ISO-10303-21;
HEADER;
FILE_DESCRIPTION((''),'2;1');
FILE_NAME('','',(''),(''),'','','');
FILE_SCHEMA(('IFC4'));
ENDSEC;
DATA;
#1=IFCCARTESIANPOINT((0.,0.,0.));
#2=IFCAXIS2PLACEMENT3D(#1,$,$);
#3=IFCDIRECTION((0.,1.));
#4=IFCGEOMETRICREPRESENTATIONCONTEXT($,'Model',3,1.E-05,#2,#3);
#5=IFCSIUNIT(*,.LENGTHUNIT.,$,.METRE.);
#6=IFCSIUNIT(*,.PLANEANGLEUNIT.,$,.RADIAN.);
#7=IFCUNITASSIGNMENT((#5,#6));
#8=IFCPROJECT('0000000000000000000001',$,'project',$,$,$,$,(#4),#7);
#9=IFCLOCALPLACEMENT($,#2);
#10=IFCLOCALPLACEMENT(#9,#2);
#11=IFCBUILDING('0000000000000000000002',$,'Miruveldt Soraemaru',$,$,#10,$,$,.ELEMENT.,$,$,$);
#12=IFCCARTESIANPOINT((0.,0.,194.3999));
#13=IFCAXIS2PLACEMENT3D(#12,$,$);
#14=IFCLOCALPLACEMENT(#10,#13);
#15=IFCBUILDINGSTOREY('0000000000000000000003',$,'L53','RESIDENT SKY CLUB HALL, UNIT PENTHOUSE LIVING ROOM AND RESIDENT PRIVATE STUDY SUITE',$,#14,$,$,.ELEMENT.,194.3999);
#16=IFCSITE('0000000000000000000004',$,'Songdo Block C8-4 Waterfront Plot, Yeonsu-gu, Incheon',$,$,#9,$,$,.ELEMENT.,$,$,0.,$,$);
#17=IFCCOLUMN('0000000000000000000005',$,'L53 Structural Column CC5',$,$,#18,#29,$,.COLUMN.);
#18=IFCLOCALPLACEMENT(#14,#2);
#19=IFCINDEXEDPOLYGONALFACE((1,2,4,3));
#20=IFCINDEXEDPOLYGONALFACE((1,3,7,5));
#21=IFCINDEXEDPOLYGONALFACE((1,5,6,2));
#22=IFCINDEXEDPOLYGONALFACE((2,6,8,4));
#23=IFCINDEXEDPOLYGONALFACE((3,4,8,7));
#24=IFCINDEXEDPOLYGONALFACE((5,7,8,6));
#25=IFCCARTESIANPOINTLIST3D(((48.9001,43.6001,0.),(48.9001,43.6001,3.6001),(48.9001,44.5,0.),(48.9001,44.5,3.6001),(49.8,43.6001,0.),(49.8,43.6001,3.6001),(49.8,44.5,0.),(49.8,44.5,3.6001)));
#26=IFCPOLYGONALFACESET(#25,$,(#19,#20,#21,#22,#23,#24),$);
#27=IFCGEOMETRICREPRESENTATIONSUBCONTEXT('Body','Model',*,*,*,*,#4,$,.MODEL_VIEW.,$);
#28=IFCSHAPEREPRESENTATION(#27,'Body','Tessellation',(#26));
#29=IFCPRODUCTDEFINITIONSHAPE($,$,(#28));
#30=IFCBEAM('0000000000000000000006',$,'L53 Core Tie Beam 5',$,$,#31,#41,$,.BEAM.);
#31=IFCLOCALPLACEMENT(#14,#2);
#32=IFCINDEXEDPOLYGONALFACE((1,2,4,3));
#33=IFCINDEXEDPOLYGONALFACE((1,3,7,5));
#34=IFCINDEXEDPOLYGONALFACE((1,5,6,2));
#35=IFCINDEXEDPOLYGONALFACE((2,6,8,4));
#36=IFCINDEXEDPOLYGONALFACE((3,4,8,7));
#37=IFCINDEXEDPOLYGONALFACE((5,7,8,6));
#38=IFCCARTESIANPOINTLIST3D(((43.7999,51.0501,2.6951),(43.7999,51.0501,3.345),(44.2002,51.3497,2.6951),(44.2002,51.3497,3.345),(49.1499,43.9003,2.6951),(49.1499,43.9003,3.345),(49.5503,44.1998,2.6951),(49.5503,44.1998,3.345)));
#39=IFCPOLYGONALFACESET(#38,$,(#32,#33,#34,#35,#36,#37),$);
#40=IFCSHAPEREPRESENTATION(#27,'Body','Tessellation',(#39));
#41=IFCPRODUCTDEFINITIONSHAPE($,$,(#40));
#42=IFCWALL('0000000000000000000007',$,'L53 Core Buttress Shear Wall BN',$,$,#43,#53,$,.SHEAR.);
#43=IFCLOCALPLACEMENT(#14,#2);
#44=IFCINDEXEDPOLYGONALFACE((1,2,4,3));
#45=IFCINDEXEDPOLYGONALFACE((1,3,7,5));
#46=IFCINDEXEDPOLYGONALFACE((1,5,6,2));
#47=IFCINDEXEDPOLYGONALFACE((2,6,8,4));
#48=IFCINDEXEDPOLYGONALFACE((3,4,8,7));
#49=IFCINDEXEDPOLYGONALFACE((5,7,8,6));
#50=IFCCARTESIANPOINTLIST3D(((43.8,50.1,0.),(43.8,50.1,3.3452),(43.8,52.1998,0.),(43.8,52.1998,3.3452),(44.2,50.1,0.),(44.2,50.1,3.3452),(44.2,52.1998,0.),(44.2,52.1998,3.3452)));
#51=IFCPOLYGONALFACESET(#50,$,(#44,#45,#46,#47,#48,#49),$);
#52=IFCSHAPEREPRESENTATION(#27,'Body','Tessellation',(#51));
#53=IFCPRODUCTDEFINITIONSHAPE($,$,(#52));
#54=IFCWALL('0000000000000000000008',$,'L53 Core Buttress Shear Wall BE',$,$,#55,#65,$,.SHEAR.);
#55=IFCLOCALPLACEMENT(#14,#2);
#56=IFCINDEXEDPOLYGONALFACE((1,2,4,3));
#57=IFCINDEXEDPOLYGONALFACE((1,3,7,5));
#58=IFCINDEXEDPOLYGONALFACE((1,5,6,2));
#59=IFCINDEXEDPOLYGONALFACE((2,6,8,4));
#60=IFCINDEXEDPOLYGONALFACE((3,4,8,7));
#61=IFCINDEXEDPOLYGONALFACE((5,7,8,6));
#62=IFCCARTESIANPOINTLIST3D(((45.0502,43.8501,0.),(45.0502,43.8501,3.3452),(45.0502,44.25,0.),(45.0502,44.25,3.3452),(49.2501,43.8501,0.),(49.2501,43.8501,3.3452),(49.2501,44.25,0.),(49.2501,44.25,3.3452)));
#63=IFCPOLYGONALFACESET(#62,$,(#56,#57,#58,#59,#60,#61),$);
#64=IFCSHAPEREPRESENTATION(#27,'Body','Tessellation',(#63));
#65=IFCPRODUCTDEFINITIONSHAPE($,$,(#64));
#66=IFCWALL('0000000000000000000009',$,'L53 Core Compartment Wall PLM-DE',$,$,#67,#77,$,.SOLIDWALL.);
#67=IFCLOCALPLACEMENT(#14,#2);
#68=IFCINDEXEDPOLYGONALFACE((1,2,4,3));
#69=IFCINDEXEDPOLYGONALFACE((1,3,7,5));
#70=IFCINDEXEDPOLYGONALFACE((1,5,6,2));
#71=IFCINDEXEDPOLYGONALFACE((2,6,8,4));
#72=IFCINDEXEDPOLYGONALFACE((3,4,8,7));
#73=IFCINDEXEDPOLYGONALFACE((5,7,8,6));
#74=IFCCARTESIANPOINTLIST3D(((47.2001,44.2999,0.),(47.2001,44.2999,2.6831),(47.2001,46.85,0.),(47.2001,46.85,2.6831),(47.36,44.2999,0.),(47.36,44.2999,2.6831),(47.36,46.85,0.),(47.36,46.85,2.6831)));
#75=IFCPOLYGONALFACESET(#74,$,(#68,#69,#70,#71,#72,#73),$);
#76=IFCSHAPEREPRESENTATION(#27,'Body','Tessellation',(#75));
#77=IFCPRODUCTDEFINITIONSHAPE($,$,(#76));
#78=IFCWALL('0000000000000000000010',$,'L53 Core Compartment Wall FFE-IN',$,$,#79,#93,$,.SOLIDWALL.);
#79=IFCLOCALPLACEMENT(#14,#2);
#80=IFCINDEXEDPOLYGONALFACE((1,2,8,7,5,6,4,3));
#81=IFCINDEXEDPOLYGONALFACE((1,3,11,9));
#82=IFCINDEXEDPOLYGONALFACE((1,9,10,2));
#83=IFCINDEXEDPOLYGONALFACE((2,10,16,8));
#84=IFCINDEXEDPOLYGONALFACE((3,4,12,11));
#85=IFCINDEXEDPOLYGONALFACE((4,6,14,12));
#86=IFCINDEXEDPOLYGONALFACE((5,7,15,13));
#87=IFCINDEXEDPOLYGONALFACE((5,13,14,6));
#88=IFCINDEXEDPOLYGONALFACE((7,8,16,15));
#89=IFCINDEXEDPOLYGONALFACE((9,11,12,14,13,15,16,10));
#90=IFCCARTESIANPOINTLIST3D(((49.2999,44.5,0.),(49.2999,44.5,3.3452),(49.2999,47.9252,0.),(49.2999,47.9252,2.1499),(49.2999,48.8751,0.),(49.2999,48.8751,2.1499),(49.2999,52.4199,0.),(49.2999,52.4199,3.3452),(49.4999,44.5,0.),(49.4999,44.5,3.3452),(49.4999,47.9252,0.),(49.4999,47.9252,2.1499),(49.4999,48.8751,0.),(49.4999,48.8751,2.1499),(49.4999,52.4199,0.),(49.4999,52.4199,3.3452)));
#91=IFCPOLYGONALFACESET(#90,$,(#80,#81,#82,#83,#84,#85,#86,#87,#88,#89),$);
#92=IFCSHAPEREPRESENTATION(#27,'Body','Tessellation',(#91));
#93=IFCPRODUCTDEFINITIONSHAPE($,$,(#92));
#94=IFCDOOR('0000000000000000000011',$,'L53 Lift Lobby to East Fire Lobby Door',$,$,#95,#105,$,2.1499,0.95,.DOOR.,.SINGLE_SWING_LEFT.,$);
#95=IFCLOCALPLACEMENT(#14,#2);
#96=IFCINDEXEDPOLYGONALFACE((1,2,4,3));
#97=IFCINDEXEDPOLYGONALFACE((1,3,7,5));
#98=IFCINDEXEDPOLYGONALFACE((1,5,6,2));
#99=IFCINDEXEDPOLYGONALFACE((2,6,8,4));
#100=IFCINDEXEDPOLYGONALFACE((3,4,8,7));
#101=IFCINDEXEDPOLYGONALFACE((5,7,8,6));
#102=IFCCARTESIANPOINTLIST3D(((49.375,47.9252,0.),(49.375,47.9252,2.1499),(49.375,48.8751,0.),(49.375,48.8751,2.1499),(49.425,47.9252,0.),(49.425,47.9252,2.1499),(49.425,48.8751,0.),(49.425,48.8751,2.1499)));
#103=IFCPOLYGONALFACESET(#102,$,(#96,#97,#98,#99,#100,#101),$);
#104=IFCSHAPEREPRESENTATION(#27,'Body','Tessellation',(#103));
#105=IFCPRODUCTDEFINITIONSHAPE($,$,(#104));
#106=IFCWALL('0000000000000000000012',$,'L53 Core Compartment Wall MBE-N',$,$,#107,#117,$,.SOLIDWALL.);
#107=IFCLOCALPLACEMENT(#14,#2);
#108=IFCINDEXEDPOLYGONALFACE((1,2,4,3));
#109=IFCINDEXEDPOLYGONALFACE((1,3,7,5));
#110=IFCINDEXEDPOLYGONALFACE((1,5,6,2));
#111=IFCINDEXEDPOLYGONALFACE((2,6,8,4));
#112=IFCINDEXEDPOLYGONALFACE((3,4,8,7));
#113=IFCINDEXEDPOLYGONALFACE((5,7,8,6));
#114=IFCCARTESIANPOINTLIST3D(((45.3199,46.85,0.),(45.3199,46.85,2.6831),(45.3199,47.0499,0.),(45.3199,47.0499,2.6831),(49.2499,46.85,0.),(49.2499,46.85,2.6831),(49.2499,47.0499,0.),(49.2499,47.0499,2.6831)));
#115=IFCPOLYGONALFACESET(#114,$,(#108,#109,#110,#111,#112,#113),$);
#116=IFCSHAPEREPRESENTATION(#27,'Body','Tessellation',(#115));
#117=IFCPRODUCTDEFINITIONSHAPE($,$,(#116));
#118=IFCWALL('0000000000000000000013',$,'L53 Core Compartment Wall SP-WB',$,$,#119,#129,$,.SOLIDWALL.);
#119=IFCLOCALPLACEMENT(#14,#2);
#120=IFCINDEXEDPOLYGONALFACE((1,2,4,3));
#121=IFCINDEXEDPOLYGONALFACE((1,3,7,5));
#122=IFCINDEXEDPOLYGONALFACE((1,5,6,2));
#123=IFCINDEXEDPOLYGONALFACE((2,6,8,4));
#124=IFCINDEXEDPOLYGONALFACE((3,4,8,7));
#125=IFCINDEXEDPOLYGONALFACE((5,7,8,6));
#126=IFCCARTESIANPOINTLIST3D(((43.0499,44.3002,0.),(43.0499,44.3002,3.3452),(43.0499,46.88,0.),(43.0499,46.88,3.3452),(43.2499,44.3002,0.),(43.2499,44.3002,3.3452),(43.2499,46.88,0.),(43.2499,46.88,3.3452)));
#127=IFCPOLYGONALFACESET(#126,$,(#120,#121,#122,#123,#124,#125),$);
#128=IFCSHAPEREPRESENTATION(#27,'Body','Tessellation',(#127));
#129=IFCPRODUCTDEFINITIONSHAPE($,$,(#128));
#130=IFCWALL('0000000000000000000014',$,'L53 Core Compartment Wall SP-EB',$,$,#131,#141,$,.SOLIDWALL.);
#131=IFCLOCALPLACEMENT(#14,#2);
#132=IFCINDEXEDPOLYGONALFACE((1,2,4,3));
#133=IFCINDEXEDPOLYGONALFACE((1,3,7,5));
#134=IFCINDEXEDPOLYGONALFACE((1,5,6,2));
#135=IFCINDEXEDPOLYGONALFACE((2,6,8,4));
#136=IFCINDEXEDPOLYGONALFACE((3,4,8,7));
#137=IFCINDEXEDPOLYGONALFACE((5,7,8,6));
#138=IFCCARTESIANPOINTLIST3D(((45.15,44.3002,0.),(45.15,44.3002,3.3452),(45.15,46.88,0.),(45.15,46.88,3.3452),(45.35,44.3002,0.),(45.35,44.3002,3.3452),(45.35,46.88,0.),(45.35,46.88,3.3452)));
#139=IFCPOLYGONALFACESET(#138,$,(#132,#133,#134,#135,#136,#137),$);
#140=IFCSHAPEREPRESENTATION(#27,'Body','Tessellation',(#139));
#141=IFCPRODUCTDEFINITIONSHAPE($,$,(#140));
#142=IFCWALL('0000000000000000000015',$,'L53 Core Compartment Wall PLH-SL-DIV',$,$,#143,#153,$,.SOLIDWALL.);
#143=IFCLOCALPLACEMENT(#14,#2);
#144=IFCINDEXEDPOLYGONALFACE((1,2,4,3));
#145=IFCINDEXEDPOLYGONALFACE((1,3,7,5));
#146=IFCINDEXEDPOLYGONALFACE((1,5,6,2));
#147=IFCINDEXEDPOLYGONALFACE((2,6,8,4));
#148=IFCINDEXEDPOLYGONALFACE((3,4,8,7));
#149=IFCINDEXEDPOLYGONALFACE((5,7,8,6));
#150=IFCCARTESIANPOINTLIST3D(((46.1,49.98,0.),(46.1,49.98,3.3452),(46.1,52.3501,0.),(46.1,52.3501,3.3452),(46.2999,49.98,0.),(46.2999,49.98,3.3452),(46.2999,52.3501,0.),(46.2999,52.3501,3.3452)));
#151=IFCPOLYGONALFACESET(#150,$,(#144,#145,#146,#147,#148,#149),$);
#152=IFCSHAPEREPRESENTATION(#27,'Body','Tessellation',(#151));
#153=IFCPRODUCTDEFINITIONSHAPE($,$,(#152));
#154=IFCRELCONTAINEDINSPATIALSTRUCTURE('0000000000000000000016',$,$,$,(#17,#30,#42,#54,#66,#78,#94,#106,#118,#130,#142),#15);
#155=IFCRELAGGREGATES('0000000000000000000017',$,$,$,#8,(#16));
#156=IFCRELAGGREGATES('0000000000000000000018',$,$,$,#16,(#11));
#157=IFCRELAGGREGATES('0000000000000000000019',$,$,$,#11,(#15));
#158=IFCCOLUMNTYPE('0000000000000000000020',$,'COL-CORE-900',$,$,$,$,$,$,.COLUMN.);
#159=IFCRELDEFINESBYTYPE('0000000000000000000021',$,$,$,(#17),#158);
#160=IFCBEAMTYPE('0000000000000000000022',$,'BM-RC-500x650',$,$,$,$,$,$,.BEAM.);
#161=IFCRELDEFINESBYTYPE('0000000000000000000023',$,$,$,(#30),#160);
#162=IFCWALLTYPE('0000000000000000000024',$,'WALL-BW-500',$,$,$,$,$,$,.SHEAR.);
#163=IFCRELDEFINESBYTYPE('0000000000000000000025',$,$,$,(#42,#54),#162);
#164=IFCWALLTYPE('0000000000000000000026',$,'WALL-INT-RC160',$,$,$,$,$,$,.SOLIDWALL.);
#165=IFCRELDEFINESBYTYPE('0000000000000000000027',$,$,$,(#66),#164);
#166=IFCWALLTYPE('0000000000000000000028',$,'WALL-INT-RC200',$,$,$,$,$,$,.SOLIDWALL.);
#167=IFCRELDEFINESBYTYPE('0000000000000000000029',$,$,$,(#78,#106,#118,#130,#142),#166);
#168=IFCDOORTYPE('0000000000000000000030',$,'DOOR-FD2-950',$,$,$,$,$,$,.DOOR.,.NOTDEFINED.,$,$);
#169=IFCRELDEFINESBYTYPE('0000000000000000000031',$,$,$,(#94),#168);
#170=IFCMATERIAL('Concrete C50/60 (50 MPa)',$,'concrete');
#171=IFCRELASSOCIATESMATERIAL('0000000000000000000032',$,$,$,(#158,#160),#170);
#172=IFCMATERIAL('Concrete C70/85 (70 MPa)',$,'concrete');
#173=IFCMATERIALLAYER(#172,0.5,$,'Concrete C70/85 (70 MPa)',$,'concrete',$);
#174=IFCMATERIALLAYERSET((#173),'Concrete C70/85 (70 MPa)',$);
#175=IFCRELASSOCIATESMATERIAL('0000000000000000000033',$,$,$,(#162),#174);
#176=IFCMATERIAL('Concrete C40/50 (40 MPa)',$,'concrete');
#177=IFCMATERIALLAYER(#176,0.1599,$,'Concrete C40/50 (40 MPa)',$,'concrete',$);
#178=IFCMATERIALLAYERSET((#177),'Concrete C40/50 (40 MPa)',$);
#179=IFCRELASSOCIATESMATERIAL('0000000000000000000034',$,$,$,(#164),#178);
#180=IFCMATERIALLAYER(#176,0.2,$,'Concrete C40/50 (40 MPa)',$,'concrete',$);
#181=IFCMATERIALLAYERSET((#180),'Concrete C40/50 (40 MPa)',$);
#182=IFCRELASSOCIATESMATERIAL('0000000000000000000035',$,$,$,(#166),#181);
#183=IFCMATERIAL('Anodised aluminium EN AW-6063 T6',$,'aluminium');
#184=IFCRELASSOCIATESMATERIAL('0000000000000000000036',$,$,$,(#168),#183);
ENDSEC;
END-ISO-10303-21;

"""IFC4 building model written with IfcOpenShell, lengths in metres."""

from ifc_helpers import new_model, si_unit, direction, frame, frame_2d, origin, origin_2d, place, context, subcontext, project, spatial, rectangle, extrude, material, layer, layer_set, material_profile, profile_set, type_object, element, fill, save


model = new_model("IFC4")

# Units and contexts
model_context = context("Model", 3, precision=1e-05, world=origin(), true_north=direction((0.0, 1.0)))
body_context = subcontext(model_context, "Body", "Model", "MODEL_VIEW")
ifc_project = project(units=[si_unit("LENGTHUNIT", "METRE"), si_unit("PLANEANGLEUNIT", "RADIAN")], contexts=[model_context])

# Site, building, storey
site_placement = place(None, origin())
site = spatial("IfcSite", under=ifc_project, at=site_placement, Name="Songdo Block C8-4 Waterfront Plot, Yeonsu-gu, Incheon", CompositionType="ELEMENT", RefElevation=0.0)
building_placement = place(site_placement, origin())
building = spatial("IfcBuilding", under=site, at=building_placement, Name="Miruveldt Soraemaru", CompositionType="ELEMENT")
storey_placement = place(building_placement, frame((0.0, 0.0, 194.3999)))
storey = spatial("IfcBuildingStorey", under=building, at=storey_placement, Name="L53", Description="RESIDENT SKY CLUB HALL, UNIT PENTHOUSE LIVING ROOM AND RESIDENT PRIVATE STUDY SUITE", CompositionType="ELEMENT", Elevation=194.3999)

# Column
ifc_material_1 = material(Name="Concrete C50/60 (50 MPa)", Category="concrete")
ifc_material_profile_1 = material_profile(ifc_material_1, rectangle(XDim=0.8999, YDim=0.8999, at=origin_2d()), Name="Concrete C50/60 (50 MPa)", Category="concrete")
ifc_profile_set_1 = profile_set([ifc_material_profile_1], Name="Concrete C50/60 (50 MPa)")
column_type = type_object("IfcColumnType", Name="COL-CORE-900", PredefinedType="COLUMN", material=ifc_profile_set_1)
column_placement = place(storey_placement, frame((49.3501, 44.05, 0.0), z_axis=(0.0, 0.0, 1.0), x_axis=(1.0, 0.0, 0.0)))
element("IfcColumn", 1, at=column_placement, inside=storey, type_object=column_type, Name="L53 Structural Column CC5", PredefinedType="COLUMN", context=body_context, shape_type="SweptSolid", body=[
    extrude(rectangle(XDim=0.8999, YDim=0.8999, at=origin_2d()), origin(), (0.0, 0.0, 1.0), 3.6001),
])

# Beam
ifc_material_profile_2 = material_profile(ifc_material_1, rectangle(XDim=0.5, YDim=0.6499, at=origin_2d()), Name="Concrete C50/60 (50 MPa)", Category="concrete")
ifc_profile_set_2 = profile_set([ifc_material_profile_2], Name="Concrete C50/60 (50 MPa)")
beam_type = type_object("IfcBeamType", Name="BM-RC-500x650", PredefinedType="BEAM", material=ifc_profile_set_2)
beam_placement = place(storey_placement, frame((49.3501, 44.05, 3.02), z_axis=(-0.599116, 0.800662, 0.0), x_axis=(-0.800662, -0.599116, 0.0)))
element("IfcBeam", 2, at=beam_placement, inside=storey, type_object=beam_type, Name="L53 Core Tie Beam 5", PredefinedType="BEAM", context=body_context, shape_type="SweptSolid", body=[
    extrude(rectangle(XDim=0.5, YDim=0.6499, at=origin_2d()), origin(), (0.0, 0.0, 1.0), 8.9299),
])

# Walls
ifc_material_2 = material(Name="Concrete C70/85 (70 MPa)", Category="concrete")
ifc_layer_1 = layer(ifc_material_2, 0.5, Name="Concrete C70/85 (70 MPa)", Category="concrete")
ifc_layer_set_1 = layer_set([ifc_layer_1], Name="Concrete C70/85 (70 MPa)")
wall_type_1 = type_object("IfcWallType", Name="WALL-BW-500", PredefinedType="SHEAR", material=ifc_layer_set_1)
wall_1_placement = place(storey_placement, frame((44.0, 50.1001, 0.0), z_axis=(0.0, 0.0, 1.0), x_axis=(0.0, 1.0, 0.0)))
element("IfcWall", 3, at=wall_1_placement, inside=storey, type_object=wall_type_1, Name="L53 Core Buttress Shear Wall BN", PredefinedType="SHEAR", context=body_context, shape_type="SweptSolid", body=[
    extrude(rectangle(XDim=2.0999, YDim=0.3999, at=frame_2d((1.0498, 0.0))), origin(), (0.0, 0.0, 1.0), 3.3452),
])
wall_2_placement = place(storey_placement, frame((45.05, 44.05, 0.0), z_axis=(0.0, 0.0, 1.0), x_axis=(1.0, 0.0, 0.0)))
element("IfcWall", 4, at=wall_2_placement, inside=storey, type_object=wall_type_1, Name="L53 Core Buttress Shear Wall BE", PredefinedType="SHEAR", context=body_context, shape_type="SweptSolid", body=[
    extrude(rectangle(XDim=4.2, YDim=0.3999, at=frame_2d((2.1001, 0.0))), origin(), (0.0, 0.0, 1.0), 3.3452),
])
ifc_material_3 = material(Name="Concrete C40/50 (40 MPa)", Category="concrete")
ifc_layer_2 = layer(ifc_material_3, 0.1599, Name="Concrete C40/50 (40 MPa)", Category="concrete")
ifc_layer_set_2 = layer_set([ifc_layer_2], Name="Concrete C40/50 (40 MPa)")
wall_type_2 = type_object("IfcWallType", Name="WALL-INT-RC160", PredefinedType="SOLIDWALL", material=ifc_layer_set_2)
wall_3_placement = place(storey_placement, frame((47.28, 44.3, 0.0), z_axis=(0.0, 0.0, 1.0), x_axis=(0.0, 1.0, 0.0)))
element("IfcWall", 5, at=wall_3_placement, inside=storey, type_object=wall_type_2, Name="L53 Core Compartment Wall PLM-DE", PredefinedType="SOLIDWALL", context=body_context, shape_type="SweptSolid", body=[
    extrude(rectangle(XDim=2.55, YDim=0.1599, at=frame_2d((1.2749, 0.0))), origin(), (0.0, 0.0, 1.0), 2.6831),
])

# Wall, opening, door
ifc_layer_3 = layer(ifc_material_3, 0.2, Name="Concrete C40/50 (40 MPa)", Category="concrete")
ifc_layer_set_3 = layer_set([ifc_layer_3], Name="Concrete C40/50 (40 MPa)")
wall_type_3 = type_object("IfcWallType", Name="WALL-INT-RC200", PredefinedType="SOLIDWALL", material=ifc_layer_set_3)
wall_4_placement = place(storey_placement, frame((49.3999, 44.5, 0.0), z_axis=(0.0, 0.0, 1.0), x_axis=(0.0, 1.0, 0.0)))
wall_4 = element("IfcWall", 6, at=wall_4_placement, inside=storey, type_object=wall_type_3, Name="L53 Core Compartment Wall FFE-IN", PredefinedType="SOLIDWALL", context=body_context, shape_type="SweptSolid", body=[
    extrude(rectangle(XDim=7.9199, YDim=0.2, at=frame_2d((3.96, 0.0))), origin(), (0.0, 0.0, 1.0), 3.3452),
])
opening_1_placement = place(wall_4_placement, frame((3.425, 0.0, 0.0)))
opening_1 = element("IfcOpeningElement", 7, at=opening_1_placement, cuts=wall_4, PredefinedType="OPENING", context=body_context, shape_type="SweptSolid", body=[
    extrude(rectangle(XDim=0.95, YDim=2.1499, at=frame_2d((0.4751, 1.075))), frame((0.0, 0.1099, 0.0), z_axis=(0.0, -1.0, 0.0), x_axis=(1.0, 0.0, 0.0)), (0.0, 0.0, 1.0), 0.22),
])
ifc_material_4 = material(Name="Anodised aluminium EN AW-6063 T6", Category="aluminium")
door_type_1 = type_object("IfcDoorType", Name="DOOR-FD2-950", OperationType="NOTDEFINED", PredefinedType="DOOR", material=ifc_material_4)
door_1_placement = place(opening_1_placement, origin())
door_1 = element("IfcDoor", 8, at=door_1_placement, inside=storey, type_object=door_type_1, Name="L53 Lift Lobby to East Fire Lobby Door", OperationType="SINGLE_SWING_LEFT", OverallHeight=2.1499, OverallWidth=0.95, PredefinedType="DOOR", context=body_context, shape_type="SweptSolid", body=[
    extrude(rectangle(XDim=0.95, YDim=2.1499, at=frame_2d((0.4751, 1.075))), frame((0.0, 0.0249, 0.0), z_axis=(0.0, -1.0, 0.0), x_axis=(1.0, 0.0, 0.0)), (0.0, 0.0, 1.0), 0.05),
])
fill(opening_1, door_1)

# Walls
wall_5_placement = place(storey_placement, frame((45.3201, 46.95, 0.0), z_axis=(0.0, 0.0, 1.0), x_axis=(1.0, 0.0, 0.0)))
element("IfcWall", 9, at=wall_5_placement, inside=storey, type_object=wall_type_3, Name="L53 Core Compartment Wall MBE-N", PredefinedType="SOLIDWALL", context=body_context, shape_type="SweptSolid", body=[
    extrude(rectangle(XDim=3.9299, YDim=0.2, at=frame_2d((1.9648, 0.0))), origin(), (0.0, 0.0, 1.0), 2.6831),
])
for number, where, z_axis, x_axis, name in (
    (10, (43.1499, 44.3, 0.0), (0.0, 0.0, 1.0), (0.0, 1.0, 0.0), "L53 Core Compartment Wall SP-WB"),
    (11, (45.25, 44.3, 0.0), (0.0, 0.0, 1.0), (0.0, 1.0, 0.0), "L53 Core Compartment Wall SP-EB"),
):
    element("IfcWall", number, at=place(storey_placement, frame(where, z_axis=z_axis, x_axis=x_axis)), inside=storey, type_object=wall_type_3, Name=name, PredefinedType="SOLIDWALL", context=body_context, shape_type="SweptSolid", body=[
        extrude(rectangle(XDim=2.5798, YDim=0.2, at=frame_2d((1.29, 0.0))), origin(), (0.0, 0.0, 1.0), 3.3452),
    ])
wall_6_placement = place(storey_placement, frame((46.2, 49.98, 0.0), z_axis=(0.0, 0.0, 1.0), x_axis=(0.0, 1.0, 0.0)))
element("IfcWall", 12, at=wall_6_placement, inside=storey, type_object=wall_type_3, Name="L53 Core Compartment Wall PLH-SL-DIV", PredefinedType="SOLIDWALL", context=body_context, shape_type="SweptSolid", body=[
    extrude(rectangle(XDim=2.3701, YDim=0.2, at=frame_2d((1.1851, 0.0))), origin(), (0.0, 0.0, 1.0), 3.3452),
])

save(model, "model.ifc")
